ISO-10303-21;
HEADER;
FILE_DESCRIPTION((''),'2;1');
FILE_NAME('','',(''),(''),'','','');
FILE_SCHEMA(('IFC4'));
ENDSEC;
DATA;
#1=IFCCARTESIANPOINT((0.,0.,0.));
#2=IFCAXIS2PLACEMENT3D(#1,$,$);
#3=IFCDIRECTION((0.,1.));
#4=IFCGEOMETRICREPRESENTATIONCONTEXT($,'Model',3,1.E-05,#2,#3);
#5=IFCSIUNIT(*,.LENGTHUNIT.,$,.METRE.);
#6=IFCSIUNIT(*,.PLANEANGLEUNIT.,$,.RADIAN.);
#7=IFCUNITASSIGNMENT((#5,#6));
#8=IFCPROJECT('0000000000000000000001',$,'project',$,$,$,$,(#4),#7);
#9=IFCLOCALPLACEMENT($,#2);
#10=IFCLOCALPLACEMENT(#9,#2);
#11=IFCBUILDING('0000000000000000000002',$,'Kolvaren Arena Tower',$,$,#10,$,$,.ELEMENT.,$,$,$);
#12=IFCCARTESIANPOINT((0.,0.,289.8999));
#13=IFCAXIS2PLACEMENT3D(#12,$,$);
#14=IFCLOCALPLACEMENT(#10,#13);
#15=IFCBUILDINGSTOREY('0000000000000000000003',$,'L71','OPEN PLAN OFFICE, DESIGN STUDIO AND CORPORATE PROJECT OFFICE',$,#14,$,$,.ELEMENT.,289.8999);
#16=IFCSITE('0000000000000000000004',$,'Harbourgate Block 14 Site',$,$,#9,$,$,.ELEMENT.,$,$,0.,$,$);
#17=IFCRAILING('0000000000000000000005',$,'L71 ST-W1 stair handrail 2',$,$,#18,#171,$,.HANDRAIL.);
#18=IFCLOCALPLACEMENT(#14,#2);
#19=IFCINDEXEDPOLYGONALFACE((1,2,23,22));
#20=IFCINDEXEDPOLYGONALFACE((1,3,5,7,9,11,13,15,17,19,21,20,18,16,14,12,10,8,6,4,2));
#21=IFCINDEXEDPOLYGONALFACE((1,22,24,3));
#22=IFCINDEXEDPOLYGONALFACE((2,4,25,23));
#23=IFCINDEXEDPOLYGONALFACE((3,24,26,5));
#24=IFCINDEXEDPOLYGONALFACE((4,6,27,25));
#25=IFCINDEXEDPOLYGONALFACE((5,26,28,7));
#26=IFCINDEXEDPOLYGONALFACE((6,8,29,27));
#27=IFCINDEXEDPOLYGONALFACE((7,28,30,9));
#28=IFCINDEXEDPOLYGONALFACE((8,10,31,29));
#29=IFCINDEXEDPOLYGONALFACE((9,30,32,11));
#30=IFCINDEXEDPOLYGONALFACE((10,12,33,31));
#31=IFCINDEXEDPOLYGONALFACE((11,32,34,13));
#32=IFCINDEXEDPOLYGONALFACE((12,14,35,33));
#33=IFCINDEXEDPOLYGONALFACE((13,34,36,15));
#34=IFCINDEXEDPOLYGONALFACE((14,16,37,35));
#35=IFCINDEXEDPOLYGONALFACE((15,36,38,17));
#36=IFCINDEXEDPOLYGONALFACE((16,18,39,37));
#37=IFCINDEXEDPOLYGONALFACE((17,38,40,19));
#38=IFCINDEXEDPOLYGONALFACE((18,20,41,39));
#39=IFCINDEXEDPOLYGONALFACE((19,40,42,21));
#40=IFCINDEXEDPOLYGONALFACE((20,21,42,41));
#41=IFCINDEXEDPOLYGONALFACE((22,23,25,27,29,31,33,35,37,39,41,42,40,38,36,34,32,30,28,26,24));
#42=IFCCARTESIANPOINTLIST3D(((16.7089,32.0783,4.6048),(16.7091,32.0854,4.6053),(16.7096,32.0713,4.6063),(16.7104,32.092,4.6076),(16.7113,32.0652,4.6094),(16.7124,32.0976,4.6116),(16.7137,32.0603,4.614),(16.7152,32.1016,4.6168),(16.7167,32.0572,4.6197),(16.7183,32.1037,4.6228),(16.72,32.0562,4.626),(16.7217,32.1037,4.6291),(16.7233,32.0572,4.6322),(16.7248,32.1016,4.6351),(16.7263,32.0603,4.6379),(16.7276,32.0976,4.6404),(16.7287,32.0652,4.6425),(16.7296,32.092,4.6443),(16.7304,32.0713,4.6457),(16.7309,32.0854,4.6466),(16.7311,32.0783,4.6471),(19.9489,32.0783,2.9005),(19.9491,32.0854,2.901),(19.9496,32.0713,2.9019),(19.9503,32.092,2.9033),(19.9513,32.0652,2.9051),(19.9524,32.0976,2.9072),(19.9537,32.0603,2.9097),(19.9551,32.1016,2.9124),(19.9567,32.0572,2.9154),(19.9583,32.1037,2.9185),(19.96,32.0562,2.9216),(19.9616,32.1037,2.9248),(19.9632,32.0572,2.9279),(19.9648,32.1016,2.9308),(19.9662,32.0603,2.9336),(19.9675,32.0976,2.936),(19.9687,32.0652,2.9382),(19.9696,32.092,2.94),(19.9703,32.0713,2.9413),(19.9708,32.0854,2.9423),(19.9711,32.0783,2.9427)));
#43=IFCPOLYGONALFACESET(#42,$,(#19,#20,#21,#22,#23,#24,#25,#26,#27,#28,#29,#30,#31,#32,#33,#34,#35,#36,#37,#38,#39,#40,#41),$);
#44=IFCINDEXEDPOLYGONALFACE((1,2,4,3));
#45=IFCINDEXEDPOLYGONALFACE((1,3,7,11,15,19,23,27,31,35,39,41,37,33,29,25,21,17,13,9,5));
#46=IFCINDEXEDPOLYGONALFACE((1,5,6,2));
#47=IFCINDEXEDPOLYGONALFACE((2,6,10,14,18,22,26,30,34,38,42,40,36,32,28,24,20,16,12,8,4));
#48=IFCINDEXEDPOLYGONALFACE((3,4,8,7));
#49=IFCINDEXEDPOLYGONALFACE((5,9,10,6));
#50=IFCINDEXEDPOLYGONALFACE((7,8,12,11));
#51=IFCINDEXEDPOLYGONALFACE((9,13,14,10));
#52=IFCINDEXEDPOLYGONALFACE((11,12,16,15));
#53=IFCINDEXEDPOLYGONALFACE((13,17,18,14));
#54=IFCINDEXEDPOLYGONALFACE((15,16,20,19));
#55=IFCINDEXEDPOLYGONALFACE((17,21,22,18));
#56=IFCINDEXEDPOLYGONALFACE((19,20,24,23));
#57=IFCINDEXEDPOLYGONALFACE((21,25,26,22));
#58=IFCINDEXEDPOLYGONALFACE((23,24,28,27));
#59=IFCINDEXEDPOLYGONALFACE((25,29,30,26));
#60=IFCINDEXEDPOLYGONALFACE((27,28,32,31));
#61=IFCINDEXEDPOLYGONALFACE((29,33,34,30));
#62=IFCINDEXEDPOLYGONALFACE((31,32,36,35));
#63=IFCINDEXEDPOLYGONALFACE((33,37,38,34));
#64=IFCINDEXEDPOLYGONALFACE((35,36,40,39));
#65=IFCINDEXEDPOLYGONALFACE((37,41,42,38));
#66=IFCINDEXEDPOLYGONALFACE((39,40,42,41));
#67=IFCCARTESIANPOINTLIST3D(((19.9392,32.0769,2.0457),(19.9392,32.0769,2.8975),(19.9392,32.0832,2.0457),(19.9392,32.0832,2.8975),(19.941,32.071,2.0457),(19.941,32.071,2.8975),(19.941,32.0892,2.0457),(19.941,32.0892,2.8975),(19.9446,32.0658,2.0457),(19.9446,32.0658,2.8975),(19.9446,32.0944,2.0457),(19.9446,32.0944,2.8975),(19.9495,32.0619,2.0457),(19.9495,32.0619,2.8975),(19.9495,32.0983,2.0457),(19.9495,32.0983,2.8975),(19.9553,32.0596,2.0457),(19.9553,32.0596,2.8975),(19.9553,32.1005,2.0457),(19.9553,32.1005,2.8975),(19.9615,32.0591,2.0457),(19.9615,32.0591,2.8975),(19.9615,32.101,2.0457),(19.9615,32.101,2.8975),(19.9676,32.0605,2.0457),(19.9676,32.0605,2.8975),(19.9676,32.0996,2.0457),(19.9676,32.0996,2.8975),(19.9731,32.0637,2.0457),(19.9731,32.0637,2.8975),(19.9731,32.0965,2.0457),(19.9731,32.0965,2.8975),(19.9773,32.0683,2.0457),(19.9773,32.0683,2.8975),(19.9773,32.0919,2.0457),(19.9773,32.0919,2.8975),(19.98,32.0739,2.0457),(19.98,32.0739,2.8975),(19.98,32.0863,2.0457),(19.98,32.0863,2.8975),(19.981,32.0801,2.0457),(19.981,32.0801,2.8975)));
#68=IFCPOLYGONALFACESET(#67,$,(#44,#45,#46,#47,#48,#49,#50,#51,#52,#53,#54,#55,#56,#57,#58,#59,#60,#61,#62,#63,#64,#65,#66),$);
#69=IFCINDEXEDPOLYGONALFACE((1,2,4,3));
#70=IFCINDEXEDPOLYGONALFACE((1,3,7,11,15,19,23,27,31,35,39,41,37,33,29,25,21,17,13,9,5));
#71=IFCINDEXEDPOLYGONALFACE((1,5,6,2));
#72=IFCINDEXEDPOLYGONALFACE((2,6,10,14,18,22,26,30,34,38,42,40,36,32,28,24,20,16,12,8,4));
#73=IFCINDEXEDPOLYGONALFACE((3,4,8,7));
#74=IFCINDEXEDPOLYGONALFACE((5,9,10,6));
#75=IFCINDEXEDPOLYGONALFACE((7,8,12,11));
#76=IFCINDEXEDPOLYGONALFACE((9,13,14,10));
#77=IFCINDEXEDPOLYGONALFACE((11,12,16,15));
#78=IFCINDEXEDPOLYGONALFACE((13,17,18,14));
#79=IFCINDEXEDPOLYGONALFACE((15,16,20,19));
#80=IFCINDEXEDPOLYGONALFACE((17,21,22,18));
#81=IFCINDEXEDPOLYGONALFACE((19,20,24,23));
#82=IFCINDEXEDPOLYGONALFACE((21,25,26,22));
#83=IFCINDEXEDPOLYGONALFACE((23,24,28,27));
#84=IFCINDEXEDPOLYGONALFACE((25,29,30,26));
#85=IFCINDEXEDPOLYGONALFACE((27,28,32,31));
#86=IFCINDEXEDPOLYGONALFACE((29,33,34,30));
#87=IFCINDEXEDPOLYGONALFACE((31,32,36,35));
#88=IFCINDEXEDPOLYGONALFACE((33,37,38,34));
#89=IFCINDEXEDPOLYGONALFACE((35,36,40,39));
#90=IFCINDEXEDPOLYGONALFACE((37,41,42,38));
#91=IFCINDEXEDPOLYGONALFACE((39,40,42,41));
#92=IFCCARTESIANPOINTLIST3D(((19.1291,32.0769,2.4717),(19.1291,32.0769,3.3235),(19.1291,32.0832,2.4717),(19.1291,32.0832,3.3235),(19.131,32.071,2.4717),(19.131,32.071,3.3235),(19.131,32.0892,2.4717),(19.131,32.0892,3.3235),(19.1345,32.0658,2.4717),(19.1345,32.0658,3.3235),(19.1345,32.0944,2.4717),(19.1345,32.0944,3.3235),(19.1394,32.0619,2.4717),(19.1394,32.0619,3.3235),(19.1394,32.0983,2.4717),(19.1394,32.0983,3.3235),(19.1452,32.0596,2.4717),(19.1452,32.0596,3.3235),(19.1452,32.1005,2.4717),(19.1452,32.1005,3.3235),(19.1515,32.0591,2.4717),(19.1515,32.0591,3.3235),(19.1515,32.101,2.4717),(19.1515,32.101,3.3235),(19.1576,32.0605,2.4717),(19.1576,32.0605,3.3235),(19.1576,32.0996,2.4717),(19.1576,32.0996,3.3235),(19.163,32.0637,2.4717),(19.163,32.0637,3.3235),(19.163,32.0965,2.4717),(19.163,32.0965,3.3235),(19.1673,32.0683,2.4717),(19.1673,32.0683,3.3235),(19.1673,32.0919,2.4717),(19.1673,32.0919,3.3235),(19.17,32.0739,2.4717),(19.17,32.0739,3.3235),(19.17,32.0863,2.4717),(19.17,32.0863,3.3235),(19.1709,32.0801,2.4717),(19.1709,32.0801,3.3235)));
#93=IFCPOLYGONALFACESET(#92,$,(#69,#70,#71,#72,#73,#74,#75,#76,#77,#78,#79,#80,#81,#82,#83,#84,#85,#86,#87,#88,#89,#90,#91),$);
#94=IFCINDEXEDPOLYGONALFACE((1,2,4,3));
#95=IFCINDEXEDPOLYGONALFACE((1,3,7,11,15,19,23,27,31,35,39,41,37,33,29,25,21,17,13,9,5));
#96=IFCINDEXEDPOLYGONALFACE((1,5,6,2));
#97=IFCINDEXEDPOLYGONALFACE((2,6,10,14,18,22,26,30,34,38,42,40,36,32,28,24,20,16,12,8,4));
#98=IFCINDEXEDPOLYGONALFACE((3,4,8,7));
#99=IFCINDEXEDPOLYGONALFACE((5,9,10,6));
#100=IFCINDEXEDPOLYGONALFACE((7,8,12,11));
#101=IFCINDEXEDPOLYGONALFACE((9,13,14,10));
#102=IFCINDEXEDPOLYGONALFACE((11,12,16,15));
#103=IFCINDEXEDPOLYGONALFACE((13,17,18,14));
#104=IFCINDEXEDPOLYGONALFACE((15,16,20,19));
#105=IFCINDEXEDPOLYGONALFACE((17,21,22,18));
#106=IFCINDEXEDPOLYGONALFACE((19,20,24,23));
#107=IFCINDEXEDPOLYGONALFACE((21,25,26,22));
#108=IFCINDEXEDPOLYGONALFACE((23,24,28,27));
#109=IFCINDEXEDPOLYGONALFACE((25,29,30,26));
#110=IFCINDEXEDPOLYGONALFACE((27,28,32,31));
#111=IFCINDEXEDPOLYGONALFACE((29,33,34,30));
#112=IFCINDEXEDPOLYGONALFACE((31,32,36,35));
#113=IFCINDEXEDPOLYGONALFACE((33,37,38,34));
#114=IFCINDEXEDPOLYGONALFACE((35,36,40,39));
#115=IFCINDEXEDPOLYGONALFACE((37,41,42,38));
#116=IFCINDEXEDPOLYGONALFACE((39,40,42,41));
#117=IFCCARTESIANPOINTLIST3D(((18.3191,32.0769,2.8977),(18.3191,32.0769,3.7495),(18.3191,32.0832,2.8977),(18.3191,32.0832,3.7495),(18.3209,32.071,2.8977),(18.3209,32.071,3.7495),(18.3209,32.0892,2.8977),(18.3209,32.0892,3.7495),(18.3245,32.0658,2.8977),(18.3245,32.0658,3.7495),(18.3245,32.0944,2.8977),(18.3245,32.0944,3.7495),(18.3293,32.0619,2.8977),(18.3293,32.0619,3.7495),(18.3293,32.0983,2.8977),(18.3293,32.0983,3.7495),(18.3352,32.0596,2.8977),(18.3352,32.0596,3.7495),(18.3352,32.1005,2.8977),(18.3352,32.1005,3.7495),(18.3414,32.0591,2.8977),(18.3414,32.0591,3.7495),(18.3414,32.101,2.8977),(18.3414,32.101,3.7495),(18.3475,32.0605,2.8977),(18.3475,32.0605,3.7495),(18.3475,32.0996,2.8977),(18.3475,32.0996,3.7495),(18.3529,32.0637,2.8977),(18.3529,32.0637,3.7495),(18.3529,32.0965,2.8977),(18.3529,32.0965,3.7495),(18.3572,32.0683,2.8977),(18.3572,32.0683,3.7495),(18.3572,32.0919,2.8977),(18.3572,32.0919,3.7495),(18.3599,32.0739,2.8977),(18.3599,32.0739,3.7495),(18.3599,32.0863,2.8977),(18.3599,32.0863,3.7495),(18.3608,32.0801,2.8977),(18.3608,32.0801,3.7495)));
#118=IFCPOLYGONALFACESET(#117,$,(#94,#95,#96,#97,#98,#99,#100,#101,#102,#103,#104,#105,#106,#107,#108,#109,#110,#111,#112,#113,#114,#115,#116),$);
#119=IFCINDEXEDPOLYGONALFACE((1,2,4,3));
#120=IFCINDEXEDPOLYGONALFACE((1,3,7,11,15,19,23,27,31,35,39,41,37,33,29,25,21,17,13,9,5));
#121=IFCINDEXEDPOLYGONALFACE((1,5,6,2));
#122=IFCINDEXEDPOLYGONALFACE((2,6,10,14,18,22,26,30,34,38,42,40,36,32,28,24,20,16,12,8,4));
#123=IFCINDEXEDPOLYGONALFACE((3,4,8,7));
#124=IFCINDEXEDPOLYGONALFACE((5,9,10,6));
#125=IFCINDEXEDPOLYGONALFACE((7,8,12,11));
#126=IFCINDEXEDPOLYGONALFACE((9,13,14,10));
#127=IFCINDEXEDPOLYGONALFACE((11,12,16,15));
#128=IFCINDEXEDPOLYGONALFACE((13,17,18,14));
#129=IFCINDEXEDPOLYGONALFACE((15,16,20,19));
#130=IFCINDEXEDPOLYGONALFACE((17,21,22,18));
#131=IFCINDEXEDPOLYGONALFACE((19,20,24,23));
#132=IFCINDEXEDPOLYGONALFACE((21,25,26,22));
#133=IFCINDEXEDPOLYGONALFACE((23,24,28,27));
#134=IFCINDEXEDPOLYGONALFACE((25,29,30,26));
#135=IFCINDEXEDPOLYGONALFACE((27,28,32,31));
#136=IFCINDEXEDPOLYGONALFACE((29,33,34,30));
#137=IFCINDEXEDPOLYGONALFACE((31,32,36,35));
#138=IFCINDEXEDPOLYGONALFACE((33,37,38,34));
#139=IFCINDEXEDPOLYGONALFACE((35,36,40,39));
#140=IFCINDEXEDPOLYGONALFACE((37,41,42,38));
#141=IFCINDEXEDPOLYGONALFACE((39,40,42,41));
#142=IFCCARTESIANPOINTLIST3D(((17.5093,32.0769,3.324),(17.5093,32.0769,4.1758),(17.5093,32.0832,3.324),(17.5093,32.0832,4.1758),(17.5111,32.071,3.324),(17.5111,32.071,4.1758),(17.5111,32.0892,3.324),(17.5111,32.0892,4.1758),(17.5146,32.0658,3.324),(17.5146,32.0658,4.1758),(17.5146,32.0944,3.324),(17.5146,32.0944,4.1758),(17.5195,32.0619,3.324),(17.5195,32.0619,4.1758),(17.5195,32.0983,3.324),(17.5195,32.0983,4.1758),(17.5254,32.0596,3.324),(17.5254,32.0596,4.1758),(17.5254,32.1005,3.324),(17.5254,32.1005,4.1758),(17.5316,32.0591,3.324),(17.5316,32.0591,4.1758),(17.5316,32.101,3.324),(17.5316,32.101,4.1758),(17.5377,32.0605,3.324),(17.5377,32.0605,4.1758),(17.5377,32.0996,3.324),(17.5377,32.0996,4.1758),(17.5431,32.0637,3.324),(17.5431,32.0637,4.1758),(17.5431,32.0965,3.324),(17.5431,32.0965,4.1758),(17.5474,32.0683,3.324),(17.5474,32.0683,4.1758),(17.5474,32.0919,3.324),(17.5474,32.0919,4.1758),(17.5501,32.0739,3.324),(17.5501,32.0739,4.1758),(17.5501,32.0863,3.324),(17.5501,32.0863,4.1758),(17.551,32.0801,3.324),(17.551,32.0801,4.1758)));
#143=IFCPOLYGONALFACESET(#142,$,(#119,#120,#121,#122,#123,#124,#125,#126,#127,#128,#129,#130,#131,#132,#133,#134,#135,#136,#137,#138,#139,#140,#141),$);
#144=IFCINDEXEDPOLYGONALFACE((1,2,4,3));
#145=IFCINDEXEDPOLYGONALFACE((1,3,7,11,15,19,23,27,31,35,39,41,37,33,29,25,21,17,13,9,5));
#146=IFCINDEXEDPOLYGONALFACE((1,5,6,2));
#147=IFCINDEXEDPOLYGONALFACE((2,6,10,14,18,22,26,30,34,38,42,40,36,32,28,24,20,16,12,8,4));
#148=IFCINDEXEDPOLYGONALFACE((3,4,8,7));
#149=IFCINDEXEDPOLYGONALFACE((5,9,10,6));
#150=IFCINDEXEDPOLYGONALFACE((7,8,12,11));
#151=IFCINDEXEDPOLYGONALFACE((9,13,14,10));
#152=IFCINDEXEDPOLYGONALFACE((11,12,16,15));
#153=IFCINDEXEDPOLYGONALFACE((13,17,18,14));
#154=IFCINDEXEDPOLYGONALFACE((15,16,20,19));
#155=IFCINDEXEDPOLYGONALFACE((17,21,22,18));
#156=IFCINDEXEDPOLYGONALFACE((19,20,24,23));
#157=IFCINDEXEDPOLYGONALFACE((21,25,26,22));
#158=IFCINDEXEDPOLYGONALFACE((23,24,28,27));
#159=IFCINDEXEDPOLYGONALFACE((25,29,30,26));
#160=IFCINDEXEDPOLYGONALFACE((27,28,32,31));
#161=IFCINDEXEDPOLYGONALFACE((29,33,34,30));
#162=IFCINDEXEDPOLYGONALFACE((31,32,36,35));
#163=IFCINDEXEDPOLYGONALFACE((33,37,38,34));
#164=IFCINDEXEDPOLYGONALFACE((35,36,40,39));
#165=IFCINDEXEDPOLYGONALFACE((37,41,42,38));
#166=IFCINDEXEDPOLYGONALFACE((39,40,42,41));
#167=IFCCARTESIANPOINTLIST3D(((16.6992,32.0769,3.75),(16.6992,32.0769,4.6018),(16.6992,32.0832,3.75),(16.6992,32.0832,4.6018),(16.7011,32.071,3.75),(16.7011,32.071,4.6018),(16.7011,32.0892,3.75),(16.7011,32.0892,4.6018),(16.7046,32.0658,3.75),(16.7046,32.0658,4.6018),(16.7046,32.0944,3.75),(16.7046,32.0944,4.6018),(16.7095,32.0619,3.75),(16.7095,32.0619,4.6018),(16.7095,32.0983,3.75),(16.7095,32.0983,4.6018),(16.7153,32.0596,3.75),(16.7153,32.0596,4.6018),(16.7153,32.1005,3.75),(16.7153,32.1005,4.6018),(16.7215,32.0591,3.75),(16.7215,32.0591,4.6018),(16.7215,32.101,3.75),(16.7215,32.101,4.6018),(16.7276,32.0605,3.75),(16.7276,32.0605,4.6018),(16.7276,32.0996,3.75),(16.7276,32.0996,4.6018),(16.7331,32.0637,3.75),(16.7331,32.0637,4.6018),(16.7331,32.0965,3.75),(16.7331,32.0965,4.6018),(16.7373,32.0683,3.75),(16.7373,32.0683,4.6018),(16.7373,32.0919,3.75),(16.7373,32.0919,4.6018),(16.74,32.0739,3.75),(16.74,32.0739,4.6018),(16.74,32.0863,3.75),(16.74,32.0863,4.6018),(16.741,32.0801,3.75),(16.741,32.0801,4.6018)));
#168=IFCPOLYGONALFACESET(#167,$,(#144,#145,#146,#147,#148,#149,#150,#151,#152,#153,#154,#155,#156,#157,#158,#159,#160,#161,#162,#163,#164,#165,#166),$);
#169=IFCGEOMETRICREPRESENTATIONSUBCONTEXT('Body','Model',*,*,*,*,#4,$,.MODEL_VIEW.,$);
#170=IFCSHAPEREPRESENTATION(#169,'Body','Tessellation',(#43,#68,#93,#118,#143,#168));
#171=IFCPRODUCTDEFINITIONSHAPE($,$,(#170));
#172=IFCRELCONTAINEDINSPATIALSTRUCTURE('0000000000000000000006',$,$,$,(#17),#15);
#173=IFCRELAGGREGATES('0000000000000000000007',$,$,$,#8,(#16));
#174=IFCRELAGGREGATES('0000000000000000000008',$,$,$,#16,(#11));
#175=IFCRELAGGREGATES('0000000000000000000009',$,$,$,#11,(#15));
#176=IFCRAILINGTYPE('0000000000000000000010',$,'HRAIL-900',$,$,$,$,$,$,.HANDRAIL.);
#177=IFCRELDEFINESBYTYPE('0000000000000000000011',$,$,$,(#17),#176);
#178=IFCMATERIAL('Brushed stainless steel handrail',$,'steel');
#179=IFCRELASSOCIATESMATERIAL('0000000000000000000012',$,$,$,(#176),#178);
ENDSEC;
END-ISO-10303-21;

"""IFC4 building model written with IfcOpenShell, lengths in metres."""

from ifc_helpers import new_model, si_unit, direction, frame, origin, origin_2d, place, context, subcontext, project, spatial, circle, extrude, material, type_object, element, save


model = new_model("IFC4")

# Units and contexts
model_context = context("Model", 3, precision=1e-05, world=origin(), true_north=direction((0.0, 1.0)))
body_context = subcontext(model_context, "Body", "Model", "MODEL_VIEW")
ifc_project = project(units=[si_unit("LENGTHUNIT", "METRE"), si_unit("PLANEANGLEUNIT", "RADIAN")], contexts=[model_context])

# Site, building, storey
site_placement = place(None, origin())
site = spatial("IfcSite", under=ifc_project, at=site_placement, Name="Harbourgate Block 14 Site", CompositionType="ELEMENT", RefElevation=0.0)
building_placement = place(site_placement, origin())
building = spatial("IfcBuilding", under=site, at=building_placement, Name="Kolvaren Arena Tower", CompositionType="ELEMENT")
storey_placement = place(building_placement, frame((0.0, 0.0, 289.8999)))
storey = spatial("IfcBuildingStorey", under=building, at=storey_placement, Name="L71", Description="OPEN PLAN OFFICE, DESIGN STUDIO AND CORPORATE PROJECT OFFICE", CompositionType="ELEMENT", Elevation=289.8999)

# Railing
ifc_material_1 = material(Name="Brushed stainless steel handrail", Category="steel")
railing_type_1 = type_object("IfcRailingType", Name="HRAIL-900", PredefinedType="HANDRAIL", material=ifc_material_1)
railing_1_placement = place(storey_placement, frame((19.96, 32.0801, 2.0457)))
element("IfcRailing", 1, at=railing_1_placement, inside=storey, type_object=railing_type_1, Name="L71 ST-W1 stair handrail 2", PredefinedType="HANDRAIL", context=body_context, shape_type="SweptSolid", body=[
    extrude(circle(Radius=0.0239, at=origin_2d()), frame((0.0, 0.0, 0.876), z_axis=(-0.885021, 0.0, 0.465551), x_axis=(0.0, -1.0, 0.0)), (0.0, 0.0, 1.0), 3.6609),
    extrude(circle(Radius=0.021, at=origin_2d()), origin(), (0.0, 0.0, 1.0), 0.8518),
    extrude(circle(Radius=0.021, at=origin_2d()), frame((-0.8101, 0.0, 0.426)), (0.0, 0.0, 1.0), 0.8518),
    extrude(circle(Radius=0.021, at=origin_2d()), frame((-1.6201, 0.0, 0.8521)), (0.0, 0.0, 1.0), 0.8518),
    extrude(circle(Radius=0.021, at=origin_2d()), frame((-2.4299, 0.0, 1.2783)), (0.0, 0.0, 1.0), 0.8518),
    extrude(circle(Radius=0.021, at=origin_2d()), frame((-3.24, 0.0, 1.7043)), (0.0, 0.0, 1.0), 0.8518),
])

save(model, "model.ifc")
